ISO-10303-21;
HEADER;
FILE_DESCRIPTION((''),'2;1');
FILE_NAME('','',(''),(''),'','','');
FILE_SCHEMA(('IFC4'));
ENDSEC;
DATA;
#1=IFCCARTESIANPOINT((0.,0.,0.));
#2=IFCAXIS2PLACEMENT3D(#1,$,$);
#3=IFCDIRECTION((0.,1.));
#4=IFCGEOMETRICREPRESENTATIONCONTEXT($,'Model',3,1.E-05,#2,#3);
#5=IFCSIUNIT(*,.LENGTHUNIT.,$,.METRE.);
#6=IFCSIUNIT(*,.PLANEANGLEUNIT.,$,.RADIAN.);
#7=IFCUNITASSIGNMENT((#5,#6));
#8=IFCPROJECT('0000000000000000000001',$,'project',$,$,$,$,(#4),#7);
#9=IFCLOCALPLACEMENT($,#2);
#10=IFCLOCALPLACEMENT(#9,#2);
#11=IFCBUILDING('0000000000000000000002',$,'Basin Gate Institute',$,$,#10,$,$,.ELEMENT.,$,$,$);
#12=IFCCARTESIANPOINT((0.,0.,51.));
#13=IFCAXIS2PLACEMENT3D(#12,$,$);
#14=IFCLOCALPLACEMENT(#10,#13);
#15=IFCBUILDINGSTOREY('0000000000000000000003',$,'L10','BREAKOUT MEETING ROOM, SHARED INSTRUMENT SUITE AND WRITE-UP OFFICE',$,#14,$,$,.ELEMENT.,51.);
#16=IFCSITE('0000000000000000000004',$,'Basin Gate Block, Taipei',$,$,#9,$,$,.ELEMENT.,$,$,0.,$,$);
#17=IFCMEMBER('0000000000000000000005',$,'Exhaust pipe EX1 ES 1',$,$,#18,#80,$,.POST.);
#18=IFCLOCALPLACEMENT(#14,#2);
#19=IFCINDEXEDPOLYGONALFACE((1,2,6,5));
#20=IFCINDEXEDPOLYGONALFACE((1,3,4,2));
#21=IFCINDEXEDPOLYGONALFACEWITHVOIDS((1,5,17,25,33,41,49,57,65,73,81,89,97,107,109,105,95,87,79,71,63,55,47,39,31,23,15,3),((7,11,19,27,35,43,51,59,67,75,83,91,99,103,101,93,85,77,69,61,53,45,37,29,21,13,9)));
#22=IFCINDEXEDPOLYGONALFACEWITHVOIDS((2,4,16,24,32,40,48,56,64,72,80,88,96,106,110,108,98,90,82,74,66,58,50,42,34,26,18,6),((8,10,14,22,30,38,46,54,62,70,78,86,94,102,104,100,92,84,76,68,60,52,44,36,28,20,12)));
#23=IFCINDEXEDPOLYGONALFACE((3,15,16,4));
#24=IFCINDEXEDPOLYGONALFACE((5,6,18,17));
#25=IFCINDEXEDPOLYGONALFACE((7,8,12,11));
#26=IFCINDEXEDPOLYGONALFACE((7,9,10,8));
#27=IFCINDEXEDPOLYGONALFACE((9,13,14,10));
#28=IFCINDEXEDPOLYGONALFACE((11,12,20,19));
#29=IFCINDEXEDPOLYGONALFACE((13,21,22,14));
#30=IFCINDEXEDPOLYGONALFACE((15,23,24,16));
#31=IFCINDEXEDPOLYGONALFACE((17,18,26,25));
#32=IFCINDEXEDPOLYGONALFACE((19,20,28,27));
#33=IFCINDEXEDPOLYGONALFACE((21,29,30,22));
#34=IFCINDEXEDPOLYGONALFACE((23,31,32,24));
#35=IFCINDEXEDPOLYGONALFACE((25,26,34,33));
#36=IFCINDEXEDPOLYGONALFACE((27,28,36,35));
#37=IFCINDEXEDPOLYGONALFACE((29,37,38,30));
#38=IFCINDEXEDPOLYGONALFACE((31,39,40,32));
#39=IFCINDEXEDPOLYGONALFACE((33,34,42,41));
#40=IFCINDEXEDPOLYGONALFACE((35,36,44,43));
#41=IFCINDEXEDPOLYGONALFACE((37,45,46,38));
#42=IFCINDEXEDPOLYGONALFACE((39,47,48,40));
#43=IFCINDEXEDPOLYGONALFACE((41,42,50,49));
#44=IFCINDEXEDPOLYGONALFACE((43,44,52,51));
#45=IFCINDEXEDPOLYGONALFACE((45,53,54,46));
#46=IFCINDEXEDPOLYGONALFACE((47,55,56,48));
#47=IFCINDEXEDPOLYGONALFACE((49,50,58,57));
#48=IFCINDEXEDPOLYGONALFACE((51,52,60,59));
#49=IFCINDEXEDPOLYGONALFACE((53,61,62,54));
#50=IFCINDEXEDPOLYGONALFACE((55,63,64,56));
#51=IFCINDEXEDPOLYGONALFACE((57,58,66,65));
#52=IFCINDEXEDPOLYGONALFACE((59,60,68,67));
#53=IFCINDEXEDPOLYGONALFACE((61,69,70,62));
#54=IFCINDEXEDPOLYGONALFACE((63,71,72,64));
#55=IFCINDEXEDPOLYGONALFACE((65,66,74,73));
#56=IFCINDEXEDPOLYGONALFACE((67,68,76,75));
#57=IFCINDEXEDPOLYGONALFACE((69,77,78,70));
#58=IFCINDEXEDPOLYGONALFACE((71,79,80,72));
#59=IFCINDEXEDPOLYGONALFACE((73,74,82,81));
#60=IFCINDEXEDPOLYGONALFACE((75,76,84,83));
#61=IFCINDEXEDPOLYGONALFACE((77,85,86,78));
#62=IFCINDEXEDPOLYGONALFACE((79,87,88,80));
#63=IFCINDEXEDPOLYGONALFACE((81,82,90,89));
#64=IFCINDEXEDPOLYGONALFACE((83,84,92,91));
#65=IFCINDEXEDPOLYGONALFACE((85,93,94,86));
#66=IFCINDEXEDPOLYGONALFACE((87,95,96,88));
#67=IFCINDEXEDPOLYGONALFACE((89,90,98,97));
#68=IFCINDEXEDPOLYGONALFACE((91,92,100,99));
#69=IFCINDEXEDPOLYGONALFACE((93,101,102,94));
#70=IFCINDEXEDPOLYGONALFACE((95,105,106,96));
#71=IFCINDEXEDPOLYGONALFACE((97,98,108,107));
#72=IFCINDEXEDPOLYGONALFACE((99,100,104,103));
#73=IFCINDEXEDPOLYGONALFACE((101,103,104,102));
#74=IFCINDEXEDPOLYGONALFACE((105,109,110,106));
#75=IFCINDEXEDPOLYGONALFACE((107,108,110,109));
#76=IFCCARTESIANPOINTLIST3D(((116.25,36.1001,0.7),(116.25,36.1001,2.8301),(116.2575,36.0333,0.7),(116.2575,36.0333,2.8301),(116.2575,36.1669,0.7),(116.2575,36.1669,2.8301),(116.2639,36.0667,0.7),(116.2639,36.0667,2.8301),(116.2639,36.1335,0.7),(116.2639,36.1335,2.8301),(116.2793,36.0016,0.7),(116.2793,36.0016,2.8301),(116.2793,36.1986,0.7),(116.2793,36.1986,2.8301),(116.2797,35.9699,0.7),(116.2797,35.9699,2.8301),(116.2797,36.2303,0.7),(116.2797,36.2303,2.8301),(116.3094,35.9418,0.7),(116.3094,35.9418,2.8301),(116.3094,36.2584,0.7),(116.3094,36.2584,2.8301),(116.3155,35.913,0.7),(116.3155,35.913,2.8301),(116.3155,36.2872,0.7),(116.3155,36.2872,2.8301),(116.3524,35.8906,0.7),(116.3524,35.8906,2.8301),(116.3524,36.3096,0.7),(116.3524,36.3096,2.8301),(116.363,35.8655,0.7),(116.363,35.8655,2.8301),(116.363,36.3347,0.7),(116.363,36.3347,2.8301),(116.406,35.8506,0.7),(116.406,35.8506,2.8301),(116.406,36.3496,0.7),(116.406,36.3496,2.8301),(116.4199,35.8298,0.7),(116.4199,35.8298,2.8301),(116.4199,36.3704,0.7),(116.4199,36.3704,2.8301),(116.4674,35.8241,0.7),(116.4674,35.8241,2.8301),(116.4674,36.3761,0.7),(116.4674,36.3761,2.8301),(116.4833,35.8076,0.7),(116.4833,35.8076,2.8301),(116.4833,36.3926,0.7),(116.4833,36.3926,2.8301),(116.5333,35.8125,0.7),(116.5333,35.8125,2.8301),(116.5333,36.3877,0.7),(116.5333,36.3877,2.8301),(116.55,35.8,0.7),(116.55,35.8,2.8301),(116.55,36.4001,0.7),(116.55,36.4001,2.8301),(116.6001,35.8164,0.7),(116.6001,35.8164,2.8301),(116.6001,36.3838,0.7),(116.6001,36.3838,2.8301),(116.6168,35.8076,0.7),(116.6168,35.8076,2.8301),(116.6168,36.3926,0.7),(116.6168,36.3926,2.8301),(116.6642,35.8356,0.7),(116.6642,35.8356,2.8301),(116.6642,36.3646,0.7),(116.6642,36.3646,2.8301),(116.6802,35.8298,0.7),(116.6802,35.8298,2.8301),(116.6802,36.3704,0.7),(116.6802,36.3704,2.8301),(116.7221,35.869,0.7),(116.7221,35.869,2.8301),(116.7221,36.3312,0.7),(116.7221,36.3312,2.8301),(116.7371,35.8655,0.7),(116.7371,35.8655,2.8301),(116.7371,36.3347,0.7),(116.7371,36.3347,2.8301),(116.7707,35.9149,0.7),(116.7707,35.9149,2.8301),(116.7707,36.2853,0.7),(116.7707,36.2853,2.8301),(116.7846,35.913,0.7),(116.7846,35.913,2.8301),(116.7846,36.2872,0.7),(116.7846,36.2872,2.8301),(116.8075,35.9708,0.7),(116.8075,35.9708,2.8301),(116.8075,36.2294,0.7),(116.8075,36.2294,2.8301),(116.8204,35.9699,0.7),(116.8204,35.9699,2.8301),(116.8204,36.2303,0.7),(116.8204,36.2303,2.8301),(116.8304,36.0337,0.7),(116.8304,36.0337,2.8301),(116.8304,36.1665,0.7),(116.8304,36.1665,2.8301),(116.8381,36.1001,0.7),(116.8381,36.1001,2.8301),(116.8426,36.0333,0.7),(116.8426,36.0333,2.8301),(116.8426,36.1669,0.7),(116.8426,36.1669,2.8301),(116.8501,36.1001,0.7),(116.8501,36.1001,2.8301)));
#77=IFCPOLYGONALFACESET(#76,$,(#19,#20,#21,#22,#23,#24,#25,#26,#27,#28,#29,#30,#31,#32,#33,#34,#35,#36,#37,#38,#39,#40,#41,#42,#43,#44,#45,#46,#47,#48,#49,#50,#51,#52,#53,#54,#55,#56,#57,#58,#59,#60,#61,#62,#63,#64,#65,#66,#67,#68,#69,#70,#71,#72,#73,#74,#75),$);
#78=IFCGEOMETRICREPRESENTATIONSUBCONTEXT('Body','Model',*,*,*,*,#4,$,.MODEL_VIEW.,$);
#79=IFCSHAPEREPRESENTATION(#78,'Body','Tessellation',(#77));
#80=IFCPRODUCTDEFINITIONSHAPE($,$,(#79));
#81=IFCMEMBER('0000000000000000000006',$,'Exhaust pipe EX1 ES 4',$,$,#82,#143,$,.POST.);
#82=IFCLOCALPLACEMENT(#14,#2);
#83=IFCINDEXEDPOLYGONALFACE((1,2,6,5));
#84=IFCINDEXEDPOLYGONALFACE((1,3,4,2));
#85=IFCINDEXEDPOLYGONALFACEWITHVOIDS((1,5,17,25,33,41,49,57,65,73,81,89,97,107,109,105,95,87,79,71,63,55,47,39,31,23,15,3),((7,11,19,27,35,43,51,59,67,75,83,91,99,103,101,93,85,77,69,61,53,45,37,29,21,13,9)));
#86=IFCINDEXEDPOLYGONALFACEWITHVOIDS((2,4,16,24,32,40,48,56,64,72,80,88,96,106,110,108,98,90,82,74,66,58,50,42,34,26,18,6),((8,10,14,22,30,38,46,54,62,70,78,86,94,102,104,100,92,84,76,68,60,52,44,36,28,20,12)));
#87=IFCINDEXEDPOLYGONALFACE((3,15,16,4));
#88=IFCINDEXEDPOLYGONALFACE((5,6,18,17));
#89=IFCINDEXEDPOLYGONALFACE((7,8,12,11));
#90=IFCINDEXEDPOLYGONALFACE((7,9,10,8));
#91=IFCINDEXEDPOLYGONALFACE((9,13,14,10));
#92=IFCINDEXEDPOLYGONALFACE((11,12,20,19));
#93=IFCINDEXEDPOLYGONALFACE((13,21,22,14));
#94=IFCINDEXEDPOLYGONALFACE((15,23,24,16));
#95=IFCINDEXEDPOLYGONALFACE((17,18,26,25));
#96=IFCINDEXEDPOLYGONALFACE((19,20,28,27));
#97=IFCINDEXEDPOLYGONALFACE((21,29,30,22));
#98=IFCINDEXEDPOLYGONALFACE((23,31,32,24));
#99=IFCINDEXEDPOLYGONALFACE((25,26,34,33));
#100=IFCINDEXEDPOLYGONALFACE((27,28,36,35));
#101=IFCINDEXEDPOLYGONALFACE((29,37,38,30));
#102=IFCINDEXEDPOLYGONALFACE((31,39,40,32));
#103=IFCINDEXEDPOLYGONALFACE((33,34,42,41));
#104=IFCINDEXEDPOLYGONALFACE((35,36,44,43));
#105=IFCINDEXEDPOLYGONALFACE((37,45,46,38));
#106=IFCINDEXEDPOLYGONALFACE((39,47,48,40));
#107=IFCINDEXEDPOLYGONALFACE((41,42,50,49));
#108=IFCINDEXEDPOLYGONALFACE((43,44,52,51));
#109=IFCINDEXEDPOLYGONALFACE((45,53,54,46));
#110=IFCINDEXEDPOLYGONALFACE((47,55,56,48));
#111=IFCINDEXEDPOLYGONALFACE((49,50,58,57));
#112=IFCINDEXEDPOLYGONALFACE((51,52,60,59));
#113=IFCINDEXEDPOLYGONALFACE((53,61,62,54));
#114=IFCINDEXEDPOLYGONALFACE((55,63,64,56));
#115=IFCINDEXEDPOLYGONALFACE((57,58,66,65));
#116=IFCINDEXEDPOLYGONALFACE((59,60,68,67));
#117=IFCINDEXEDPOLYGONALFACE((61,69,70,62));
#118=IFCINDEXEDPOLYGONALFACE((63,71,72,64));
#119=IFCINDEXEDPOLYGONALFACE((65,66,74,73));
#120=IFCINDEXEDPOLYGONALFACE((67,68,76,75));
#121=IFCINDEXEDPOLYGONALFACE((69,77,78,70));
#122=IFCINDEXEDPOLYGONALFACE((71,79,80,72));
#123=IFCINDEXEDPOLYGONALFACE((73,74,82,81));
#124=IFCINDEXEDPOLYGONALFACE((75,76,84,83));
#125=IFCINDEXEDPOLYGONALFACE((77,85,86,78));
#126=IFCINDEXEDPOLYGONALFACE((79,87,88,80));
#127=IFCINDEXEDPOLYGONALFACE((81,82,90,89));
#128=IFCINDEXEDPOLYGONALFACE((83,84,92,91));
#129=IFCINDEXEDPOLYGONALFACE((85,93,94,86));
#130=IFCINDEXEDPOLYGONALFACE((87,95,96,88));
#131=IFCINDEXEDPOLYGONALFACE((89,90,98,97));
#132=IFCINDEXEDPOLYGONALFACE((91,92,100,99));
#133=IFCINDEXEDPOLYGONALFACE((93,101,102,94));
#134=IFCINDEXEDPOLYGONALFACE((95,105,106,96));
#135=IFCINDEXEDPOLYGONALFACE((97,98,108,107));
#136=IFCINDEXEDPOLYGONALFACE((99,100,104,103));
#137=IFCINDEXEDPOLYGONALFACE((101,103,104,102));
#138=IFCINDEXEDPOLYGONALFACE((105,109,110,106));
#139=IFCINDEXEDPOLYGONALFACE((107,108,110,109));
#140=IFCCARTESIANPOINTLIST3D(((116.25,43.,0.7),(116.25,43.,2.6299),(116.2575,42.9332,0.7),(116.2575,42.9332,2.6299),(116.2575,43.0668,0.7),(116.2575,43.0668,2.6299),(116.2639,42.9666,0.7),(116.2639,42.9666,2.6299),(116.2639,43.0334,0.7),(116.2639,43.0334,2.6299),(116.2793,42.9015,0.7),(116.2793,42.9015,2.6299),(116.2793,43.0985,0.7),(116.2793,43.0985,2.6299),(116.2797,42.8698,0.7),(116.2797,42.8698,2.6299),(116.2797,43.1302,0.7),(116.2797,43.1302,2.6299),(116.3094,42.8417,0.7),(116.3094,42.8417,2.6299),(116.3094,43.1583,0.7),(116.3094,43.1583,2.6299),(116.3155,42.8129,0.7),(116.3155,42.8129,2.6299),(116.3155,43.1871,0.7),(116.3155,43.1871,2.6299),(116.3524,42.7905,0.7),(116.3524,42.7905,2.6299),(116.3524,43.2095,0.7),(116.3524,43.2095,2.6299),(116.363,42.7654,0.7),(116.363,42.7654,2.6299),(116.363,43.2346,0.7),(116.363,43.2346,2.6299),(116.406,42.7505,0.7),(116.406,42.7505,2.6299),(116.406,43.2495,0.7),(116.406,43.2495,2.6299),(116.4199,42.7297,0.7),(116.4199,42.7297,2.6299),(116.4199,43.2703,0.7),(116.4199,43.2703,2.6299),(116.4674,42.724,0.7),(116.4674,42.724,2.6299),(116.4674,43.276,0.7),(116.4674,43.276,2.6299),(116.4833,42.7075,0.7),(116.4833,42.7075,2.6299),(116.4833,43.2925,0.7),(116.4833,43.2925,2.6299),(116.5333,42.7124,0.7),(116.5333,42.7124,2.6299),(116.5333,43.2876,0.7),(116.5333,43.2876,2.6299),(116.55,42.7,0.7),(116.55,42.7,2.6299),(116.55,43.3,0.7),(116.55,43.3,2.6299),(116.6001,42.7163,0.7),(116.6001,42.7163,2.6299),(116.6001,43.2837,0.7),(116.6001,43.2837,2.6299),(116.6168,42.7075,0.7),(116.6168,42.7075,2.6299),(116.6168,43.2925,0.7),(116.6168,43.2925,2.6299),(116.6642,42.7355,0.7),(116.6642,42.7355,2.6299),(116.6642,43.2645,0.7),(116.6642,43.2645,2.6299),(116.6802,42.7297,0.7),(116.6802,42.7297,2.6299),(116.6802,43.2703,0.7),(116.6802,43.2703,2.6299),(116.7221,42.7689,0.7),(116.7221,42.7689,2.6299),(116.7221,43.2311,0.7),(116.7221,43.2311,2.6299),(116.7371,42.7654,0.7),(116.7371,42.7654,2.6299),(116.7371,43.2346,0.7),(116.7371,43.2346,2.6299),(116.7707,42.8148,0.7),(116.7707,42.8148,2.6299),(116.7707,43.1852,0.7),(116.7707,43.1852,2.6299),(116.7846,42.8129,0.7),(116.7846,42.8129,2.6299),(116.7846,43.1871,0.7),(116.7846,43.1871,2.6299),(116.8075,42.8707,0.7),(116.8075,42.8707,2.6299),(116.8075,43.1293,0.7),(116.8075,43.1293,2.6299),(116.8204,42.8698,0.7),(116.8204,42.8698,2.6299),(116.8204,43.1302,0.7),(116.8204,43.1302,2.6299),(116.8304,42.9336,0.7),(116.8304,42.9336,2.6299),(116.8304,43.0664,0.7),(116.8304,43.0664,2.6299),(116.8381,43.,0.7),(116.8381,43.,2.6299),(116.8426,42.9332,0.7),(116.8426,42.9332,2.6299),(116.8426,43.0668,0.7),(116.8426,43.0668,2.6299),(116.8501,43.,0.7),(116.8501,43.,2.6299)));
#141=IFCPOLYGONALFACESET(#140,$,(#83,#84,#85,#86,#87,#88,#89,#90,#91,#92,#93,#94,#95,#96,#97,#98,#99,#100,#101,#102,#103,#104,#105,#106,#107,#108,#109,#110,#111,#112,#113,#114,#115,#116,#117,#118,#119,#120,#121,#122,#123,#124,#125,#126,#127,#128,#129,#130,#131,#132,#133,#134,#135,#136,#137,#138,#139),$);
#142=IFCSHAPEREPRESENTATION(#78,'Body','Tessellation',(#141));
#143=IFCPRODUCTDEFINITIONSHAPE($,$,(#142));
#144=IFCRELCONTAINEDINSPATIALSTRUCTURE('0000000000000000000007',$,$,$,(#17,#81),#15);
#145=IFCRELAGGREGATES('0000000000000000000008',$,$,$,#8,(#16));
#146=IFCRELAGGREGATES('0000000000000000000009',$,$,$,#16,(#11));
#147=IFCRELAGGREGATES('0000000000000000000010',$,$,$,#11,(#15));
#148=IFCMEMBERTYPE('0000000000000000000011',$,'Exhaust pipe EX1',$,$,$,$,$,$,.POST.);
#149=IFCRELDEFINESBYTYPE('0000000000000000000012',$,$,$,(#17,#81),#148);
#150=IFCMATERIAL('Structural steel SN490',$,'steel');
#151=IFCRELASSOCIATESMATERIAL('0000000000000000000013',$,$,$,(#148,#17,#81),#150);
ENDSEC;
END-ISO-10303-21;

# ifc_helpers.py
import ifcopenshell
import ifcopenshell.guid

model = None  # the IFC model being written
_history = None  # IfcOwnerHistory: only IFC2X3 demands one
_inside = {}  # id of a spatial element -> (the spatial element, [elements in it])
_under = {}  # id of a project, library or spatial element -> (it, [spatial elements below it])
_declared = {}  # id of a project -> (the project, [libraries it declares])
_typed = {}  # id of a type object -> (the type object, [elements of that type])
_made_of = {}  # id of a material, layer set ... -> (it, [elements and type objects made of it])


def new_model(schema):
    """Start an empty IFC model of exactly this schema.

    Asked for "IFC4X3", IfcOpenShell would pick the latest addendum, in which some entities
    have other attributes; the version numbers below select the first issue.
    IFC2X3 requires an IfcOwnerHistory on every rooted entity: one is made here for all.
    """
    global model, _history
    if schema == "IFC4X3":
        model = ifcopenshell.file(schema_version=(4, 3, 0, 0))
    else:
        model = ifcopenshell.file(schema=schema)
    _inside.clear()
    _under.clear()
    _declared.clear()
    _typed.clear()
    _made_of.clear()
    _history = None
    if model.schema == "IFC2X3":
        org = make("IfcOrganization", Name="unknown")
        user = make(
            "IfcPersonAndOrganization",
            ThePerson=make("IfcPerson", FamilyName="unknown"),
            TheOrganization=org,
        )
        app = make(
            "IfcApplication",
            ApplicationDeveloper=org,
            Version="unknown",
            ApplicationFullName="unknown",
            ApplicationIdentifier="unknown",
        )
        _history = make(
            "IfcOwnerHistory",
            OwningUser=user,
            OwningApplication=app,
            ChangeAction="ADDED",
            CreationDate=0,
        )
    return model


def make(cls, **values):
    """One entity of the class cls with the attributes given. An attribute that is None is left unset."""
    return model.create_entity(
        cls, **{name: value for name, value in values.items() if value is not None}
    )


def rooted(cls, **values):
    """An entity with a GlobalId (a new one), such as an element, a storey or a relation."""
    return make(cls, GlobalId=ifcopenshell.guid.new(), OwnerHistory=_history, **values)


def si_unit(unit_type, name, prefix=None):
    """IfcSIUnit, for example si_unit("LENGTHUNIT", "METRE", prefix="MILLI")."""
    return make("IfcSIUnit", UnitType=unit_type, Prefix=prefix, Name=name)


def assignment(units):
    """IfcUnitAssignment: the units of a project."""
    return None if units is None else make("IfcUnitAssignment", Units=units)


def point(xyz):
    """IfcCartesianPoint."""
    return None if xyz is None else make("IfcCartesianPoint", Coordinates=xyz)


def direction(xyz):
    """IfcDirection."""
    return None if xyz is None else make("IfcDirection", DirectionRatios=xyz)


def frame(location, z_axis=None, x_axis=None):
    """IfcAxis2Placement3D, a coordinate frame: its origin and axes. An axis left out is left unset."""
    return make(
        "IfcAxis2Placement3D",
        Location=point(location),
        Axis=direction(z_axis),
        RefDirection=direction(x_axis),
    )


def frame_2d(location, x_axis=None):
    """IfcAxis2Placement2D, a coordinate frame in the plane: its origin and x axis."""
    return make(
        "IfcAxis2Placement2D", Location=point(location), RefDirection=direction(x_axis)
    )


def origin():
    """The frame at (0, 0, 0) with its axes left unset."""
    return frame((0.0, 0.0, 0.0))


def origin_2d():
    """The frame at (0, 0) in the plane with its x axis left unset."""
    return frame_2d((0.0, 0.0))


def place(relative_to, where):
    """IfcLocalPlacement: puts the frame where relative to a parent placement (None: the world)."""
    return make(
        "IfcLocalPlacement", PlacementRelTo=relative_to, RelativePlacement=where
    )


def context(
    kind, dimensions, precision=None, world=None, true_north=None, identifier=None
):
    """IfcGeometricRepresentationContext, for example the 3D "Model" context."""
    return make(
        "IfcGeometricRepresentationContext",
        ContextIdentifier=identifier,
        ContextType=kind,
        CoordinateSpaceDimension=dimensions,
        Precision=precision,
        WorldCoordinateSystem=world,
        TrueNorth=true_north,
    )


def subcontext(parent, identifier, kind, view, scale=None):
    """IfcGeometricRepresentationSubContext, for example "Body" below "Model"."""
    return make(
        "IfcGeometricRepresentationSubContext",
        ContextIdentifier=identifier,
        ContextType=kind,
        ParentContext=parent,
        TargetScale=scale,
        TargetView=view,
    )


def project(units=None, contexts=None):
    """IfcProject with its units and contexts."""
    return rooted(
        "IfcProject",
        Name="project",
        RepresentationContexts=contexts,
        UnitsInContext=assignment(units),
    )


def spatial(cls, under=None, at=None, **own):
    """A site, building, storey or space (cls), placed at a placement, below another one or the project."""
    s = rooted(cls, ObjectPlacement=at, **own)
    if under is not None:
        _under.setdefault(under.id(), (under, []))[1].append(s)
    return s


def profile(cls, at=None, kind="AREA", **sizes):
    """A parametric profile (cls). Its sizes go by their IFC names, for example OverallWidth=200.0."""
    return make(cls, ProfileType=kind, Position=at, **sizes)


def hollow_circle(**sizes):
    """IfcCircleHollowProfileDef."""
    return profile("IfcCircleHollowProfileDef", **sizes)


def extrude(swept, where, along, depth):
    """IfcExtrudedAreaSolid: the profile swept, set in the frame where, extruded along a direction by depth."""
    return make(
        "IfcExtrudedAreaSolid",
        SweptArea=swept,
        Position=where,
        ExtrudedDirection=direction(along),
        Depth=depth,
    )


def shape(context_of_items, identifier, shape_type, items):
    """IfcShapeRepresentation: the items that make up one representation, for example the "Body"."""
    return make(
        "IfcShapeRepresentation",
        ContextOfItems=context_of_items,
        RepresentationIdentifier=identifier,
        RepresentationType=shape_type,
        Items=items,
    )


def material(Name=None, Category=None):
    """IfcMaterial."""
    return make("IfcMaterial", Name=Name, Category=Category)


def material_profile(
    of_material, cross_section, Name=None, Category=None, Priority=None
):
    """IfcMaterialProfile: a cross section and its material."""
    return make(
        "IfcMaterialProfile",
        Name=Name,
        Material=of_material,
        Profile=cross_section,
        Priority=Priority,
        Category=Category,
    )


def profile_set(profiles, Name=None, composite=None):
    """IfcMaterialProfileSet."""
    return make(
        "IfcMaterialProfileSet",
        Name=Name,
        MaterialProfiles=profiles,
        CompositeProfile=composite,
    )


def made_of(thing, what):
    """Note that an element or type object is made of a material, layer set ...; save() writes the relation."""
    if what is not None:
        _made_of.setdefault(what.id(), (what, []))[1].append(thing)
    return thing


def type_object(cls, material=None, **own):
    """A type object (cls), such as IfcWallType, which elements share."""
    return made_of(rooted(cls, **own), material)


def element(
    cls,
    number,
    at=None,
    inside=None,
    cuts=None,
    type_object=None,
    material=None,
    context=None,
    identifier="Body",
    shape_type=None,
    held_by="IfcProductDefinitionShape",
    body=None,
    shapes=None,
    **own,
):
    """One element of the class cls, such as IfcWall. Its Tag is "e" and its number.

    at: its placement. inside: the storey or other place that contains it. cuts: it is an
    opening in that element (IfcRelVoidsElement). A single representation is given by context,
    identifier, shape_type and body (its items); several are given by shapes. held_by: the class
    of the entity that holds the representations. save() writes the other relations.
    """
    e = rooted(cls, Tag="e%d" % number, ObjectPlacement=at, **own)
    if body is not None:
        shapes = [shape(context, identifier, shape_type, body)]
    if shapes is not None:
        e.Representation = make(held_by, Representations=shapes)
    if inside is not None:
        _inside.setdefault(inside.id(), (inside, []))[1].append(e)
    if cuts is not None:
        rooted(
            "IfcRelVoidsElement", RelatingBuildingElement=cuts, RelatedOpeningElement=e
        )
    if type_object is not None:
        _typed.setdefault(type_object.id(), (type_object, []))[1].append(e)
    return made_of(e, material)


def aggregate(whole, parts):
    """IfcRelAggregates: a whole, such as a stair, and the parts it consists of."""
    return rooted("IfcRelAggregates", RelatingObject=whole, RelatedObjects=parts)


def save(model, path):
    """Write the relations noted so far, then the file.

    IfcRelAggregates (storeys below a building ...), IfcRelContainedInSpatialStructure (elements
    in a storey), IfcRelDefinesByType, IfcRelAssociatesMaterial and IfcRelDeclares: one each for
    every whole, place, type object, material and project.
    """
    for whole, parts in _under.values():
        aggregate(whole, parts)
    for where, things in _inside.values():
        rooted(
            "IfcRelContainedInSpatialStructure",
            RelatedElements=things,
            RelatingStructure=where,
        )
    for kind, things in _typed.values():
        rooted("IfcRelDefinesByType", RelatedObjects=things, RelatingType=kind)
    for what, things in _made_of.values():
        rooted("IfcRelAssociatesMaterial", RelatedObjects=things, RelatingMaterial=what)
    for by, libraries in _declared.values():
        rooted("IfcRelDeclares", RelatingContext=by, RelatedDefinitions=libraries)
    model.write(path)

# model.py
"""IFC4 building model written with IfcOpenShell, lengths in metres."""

from ifc_helpers import new_model, si_unit, direction, frame, origin, origin_2d, place, context, subcontext, project, spatial, hollow_circle, extrude, material, material_profile, profile_set, type_object, element, save


model = new_model("IFC4")

# Units and contexts
model_context = context("Model", 3, precision=1e-05, world=origin(), true_north=direction((0.0, 1.0)))
body_context = subcontext(model_context, "Body", "Model", "MODEL_VIEW")
ifc_project = project(units=[si_unit("LENGTHUNIT", "METRE"), si_unit("PLANEANGLEUNIT", "RADIAN")], contexts=[model_context])

# Site, building, storey
site_placement = place(None, origin())
site = spatial("IfcSite", under=ifc_project, at=site_placement, Name="Basin Gate Block, Taipei", CompositionType="ELEMENT", RefElevation=0.0)
building_placement = place(site_placement, origin())
building = spatial("IfcBuilding", under=site, at=building_placement, Name="Basin Gate Institute", CompositionType="ELEMENT")
storey_placement = place(building_placement, frame((0.0, 0.0, 51.0)))
storey = spatial("IfcBuildingStorey", under=building, at=storey_placement, Name="L10", Description="BREAKOUT MEETING ROOM, SHARED INSTRUMENT SUITE AND WRITE-UP OFFICE", CompositionType="ELEMENT", Elevation=51.0)

# Members
ifc_material_1 = material(Name="Structural steel SN490", Category="steel")
ifc_material_profile_1 = material_profile(ifc_material_1, hollow_circle(Radius=0.3, WallThickness=0.012, at=origin_2d()), Name="CHS600x12")
ifc_profile_set_1 = profile_set([ifc_material_profile_1], Name="Structural steel SN490")
member_type_1 = type_object("IfcMemberType", Name="Exhaust pipe EX1", PredefinedType="POST", material=ifc_profile_set_1)
member_1_placement = place(storey_placement, frame((116.55, 36.1001, 0.7), z_axis=(0.0, 0.0, 1.0), x_axis=(1.0, 0.0, 0.0)))
element("IfcMember", 1, at=member_1_placement, inside=storey, type_object=member_type_1, material=ifc_profile_set_1, Name="Exhaust pipe EX1 ES 1", PredefinedType="POST", context=body_context, shape_type="SweptSolid", body=[
    extrude(hollow_circle(Radius=0.3, WallThickness=0.012, at=origin_2d()), origin(), (0.0, 0.0, 1.0), 2.1301),
])
member_2_placement = place(storey_placement, frame((116.55, 43.0, 0.7), z_axis=(0.0, 0.0, 1.0), x_axis=(1.0, 0.0, 0.0)))
element("IfcMember", 2, at=member_2_placement, inside=storey, type_object=member_type_1, material=ifc_profile_set_1, Name="Exhaust pipe EX1 ES 4", PredefinedType="POST", context=body_context, shape_type="SweptSolid", body=[
    extrude(hollow_circle(Radius=0.3, WallThickness=0.012, at=origin_2d()), origin(), (0.0, 0.0, 1.0), 1.9299),
])

save(model, "model.ifc")
